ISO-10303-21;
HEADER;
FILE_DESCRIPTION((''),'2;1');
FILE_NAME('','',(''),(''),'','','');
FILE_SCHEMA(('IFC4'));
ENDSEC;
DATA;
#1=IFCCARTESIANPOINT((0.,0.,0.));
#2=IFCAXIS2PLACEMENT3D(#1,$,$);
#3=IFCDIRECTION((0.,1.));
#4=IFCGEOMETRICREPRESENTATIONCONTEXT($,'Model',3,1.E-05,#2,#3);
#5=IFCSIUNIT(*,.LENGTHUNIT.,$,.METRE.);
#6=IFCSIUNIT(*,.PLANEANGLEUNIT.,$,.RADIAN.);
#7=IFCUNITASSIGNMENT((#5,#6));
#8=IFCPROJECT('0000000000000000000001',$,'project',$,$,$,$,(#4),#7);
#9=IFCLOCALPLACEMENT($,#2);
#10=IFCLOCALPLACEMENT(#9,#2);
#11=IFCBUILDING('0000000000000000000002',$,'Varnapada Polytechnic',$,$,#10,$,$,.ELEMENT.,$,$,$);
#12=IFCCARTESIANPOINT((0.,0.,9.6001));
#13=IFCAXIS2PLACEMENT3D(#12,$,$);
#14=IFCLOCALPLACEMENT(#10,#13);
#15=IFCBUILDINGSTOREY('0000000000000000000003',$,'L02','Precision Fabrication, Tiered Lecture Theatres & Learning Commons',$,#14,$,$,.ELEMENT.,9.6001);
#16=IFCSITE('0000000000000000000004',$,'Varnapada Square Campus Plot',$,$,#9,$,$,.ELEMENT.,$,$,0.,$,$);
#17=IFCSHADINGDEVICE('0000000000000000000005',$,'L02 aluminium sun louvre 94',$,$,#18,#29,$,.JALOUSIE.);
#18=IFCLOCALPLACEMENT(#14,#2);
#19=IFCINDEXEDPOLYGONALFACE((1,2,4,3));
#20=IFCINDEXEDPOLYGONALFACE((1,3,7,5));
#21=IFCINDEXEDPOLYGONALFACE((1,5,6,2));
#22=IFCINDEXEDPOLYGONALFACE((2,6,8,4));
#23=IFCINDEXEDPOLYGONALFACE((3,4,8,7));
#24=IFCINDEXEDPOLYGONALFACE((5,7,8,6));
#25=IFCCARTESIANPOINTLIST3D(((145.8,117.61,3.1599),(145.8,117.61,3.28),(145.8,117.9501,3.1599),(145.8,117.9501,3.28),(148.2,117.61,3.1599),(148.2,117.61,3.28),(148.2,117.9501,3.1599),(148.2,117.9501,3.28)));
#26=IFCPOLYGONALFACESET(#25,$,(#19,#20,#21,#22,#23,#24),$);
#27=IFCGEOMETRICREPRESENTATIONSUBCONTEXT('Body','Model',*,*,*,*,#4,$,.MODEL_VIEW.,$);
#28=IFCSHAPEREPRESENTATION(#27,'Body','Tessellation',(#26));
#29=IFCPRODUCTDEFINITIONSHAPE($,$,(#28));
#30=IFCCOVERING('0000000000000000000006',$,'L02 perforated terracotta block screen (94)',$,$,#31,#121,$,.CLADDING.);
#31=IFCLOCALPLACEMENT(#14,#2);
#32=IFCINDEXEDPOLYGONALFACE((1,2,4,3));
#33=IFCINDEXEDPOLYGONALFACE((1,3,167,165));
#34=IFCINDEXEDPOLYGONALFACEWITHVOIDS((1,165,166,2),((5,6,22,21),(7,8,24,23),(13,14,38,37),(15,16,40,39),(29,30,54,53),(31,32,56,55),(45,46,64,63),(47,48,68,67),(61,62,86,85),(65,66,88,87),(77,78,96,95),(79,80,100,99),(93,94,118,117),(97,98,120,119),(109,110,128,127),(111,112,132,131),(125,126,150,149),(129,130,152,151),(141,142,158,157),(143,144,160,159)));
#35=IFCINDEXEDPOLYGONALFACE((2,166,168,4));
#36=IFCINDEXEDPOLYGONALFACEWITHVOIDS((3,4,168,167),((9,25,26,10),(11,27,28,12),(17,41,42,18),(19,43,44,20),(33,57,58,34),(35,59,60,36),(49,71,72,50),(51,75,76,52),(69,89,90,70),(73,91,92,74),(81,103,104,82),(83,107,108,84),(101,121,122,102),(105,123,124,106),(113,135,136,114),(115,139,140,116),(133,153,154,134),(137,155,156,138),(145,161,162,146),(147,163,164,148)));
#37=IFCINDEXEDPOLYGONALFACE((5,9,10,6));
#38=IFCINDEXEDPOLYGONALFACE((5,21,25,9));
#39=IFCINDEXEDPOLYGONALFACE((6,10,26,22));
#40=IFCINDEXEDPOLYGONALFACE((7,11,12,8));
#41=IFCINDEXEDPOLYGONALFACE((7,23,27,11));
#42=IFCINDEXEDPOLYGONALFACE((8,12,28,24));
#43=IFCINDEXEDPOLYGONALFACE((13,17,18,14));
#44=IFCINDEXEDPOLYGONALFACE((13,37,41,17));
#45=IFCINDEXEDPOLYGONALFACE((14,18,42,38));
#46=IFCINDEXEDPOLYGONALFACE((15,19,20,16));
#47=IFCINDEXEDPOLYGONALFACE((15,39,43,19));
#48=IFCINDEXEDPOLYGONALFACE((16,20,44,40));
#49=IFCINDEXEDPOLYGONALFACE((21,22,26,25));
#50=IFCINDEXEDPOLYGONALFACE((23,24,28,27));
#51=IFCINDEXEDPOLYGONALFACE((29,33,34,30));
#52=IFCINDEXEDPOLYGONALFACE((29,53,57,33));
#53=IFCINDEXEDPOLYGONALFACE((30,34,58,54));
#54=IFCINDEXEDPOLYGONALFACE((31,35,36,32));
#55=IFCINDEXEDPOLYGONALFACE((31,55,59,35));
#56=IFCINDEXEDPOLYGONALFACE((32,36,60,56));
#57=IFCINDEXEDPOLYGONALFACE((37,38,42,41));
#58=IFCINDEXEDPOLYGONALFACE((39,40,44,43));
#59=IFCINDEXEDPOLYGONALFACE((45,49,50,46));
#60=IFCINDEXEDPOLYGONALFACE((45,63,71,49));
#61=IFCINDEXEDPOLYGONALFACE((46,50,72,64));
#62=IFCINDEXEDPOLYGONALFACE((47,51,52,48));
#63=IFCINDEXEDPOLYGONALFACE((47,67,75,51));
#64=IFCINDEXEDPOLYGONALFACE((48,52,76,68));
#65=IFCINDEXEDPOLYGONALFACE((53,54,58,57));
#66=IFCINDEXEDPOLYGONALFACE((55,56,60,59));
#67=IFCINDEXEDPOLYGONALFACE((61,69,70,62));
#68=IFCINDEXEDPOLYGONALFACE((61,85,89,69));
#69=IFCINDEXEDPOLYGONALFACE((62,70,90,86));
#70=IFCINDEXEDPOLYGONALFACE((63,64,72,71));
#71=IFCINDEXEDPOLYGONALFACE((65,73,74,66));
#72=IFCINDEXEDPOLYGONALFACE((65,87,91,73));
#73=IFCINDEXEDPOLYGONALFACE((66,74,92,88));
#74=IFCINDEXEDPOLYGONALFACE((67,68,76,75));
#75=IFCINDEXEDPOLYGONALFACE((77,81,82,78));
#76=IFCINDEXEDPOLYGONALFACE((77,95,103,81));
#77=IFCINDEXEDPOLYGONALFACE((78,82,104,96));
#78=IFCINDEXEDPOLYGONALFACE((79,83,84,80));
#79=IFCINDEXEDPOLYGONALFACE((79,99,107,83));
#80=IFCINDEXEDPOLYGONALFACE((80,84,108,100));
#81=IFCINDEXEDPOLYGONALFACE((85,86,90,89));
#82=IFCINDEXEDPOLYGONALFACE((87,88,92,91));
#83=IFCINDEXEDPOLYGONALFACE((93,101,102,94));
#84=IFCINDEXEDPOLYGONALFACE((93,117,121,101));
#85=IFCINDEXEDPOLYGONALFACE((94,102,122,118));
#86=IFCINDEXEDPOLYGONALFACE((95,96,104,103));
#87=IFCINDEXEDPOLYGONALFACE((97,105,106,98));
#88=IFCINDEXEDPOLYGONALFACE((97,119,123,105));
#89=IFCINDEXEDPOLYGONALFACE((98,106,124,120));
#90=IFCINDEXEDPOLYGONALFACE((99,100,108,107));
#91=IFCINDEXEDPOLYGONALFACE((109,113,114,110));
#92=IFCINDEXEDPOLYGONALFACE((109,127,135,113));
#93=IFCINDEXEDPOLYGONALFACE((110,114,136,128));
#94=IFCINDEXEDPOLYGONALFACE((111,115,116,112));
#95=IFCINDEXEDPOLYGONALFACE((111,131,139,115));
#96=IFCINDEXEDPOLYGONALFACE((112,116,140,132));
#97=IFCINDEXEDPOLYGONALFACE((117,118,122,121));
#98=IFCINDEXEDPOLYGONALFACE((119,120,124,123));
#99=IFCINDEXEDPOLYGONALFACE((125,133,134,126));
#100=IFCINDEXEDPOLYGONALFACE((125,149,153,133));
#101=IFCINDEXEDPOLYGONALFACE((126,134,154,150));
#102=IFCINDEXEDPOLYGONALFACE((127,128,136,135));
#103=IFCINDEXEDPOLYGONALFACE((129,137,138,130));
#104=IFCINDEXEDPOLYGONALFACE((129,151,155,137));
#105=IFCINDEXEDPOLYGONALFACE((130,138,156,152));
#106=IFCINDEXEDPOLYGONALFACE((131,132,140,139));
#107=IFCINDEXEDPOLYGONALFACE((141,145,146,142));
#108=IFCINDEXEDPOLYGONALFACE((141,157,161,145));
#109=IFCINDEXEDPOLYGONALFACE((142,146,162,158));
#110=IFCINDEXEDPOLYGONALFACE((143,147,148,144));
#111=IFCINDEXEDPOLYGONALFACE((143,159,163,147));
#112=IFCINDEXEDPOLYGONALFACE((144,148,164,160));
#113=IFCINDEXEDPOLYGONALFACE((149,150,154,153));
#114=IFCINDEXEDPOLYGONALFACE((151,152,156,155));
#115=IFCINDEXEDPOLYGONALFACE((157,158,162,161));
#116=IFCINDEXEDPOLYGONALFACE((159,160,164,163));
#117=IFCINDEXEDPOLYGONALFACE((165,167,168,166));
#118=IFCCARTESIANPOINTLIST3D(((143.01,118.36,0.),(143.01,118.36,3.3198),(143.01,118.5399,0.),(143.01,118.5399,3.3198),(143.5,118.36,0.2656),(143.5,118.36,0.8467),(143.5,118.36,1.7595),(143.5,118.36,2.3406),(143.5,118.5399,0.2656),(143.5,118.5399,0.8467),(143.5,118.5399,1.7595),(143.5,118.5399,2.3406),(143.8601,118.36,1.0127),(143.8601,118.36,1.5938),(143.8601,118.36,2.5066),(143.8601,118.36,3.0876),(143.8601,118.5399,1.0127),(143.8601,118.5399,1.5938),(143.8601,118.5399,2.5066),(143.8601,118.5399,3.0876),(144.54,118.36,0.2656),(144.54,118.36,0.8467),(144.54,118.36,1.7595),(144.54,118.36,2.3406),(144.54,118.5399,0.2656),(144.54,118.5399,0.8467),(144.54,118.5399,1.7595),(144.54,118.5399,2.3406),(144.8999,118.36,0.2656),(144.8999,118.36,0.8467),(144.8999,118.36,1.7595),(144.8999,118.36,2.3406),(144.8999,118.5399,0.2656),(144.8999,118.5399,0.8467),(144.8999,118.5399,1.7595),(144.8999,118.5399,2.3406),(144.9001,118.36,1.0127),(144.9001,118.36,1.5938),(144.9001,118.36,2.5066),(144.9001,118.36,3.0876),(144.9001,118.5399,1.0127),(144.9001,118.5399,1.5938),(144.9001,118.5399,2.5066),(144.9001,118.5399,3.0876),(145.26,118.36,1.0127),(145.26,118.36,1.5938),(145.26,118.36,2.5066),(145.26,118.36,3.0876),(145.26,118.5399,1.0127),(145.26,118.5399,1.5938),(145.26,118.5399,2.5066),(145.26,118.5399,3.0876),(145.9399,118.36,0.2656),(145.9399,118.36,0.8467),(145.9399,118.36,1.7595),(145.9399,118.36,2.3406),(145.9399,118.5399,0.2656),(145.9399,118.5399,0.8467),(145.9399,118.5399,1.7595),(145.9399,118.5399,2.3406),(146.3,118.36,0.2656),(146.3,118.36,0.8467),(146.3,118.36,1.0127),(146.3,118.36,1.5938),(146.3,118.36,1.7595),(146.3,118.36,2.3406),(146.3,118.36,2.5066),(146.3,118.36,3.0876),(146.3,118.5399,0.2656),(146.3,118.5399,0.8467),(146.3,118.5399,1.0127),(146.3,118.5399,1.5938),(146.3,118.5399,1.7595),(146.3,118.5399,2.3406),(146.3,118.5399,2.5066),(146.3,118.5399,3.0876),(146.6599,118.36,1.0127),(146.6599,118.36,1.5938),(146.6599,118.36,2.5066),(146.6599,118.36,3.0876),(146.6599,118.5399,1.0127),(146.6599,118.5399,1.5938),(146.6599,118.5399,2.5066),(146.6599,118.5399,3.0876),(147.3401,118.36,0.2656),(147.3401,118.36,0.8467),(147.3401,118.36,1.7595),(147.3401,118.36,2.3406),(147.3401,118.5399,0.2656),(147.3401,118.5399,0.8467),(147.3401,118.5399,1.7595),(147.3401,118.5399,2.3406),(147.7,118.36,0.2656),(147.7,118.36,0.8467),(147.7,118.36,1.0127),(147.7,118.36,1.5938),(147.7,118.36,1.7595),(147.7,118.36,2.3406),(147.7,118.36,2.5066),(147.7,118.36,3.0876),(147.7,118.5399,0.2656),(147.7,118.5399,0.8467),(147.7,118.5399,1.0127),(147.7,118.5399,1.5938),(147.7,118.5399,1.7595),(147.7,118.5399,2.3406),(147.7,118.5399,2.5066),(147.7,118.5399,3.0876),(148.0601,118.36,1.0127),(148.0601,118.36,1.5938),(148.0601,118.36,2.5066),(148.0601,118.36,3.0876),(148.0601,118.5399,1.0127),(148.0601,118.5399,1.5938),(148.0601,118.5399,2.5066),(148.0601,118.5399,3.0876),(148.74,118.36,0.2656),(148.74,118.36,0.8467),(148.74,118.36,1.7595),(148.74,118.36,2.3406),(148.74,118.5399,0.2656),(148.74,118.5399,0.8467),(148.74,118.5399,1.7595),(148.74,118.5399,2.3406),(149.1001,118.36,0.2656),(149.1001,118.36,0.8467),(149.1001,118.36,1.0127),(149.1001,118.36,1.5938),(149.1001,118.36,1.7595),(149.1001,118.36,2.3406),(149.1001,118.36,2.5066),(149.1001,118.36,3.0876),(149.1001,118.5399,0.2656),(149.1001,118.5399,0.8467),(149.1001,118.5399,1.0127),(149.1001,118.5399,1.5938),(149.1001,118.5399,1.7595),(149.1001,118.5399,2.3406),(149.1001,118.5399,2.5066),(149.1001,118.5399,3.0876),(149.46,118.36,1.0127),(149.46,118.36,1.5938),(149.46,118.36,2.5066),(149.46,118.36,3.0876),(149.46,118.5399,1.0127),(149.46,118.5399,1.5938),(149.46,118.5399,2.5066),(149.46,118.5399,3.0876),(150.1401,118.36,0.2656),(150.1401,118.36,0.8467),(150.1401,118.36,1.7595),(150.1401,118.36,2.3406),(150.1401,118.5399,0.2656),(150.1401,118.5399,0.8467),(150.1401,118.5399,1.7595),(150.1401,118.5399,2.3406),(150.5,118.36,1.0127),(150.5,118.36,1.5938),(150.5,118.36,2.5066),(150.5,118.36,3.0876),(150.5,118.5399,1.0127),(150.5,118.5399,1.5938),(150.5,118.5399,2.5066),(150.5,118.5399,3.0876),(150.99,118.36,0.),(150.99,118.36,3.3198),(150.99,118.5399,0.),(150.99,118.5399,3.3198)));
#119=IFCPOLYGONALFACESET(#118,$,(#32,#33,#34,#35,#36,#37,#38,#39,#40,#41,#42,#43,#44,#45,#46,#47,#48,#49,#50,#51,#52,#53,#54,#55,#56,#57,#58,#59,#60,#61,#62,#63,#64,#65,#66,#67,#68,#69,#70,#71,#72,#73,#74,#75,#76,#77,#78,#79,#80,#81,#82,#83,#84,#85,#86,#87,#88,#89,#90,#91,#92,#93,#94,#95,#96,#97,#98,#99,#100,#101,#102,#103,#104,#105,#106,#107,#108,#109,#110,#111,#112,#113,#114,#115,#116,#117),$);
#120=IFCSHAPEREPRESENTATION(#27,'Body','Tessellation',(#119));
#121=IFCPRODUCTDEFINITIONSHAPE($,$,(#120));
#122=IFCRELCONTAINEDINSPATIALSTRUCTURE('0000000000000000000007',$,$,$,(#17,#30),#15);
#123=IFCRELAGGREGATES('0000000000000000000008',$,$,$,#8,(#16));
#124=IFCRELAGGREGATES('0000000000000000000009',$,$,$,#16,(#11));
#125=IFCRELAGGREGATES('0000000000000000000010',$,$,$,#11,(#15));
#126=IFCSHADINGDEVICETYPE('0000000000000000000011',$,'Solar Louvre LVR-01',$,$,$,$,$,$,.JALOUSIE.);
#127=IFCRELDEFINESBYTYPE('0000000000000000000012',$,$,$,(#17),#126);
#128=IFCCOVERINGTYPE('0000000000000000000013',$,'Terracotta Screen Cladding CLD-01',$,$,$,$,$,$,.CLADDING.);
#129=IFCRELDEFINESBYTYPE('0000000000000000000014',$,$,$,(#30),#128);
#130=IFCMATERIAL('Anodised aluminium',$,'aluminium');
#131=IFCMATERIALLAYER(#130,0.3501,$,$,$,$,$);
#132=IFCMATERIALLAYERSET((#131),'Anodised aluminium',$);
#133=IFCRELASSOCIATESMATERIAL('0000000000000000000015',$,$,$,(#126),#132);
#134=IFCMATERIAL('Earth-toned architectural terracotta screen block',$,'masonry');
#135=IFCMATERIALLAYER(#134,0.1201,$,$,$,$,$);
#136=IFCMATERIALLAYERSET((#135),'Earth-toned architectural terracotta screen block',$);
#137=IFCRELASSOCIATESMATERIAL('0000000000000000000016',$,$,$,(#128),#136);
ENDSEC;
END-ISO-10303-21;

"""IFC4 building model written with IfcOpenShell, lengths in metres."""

from ifc_helpers import new_model, si_unit, direction, frame, frame_2d, origin, origin_2d, place, context, subcontext, project, spatial, rectangle, extrude, material, layer, layer_set, type_object, element, save


model = new_model("IFC4")

# Units and contexts
model_context = context("Model", 3, precision=1e-05, world=origin(), true_north=direction((0.0, 1.0)))
body_context = subcontext(model_context, "Body", "Model", "MODEL_VIEW")
ifc_project = project(units=[si_unit("LENGTHUNIT", "METRE"), si_unit("PLANEANGLEUNIT", "RADIAN")], contexts=[model_context])

# Site, building, storey
site_placement = place(None, origin())
site = spatial("IfcSite", under=ifc_project, at=site_placement, Name="Varnapada Square Campus Plot", CompositionType="ELEMENT", RefElevation=0.0)
building_placement = place(site_placement, origin())
building = spatial("IfcBuilding", under=site, at=building_placement, Name="Varnapada Polytechnic", CompositionType="ELEMENT")
storey_placement = place(building_placement, frame((0.0, 0.0, 9.6001)))
storey = spatial("IfcBuildingStorey", under=building, at=storey_placement, Name="L02", Description="Precision Fabrication, Tiered Lecture Theatres & Learning Commons", CompositionType="ELEMENT", Elevation=9.6001)

# Shading device
ifc_material_1 = material(Name="Anodised aluminium", Category="aluminium")
ifc_layer_1 = layer(ifc_material_1, 0.3501)
ifc_layer_set_1 = layer_set([ifc_layer_1], Name="Anodised aluminium")
shading_device_type_1 = type_object("IfcShadingDeviceType", Name="Solar Louvre LVR-01", PredefinedType="JALOUSIE", material=ifc_layer_set_1)
shading_device_1_placement = place(storey_placement, frame((147.0, 117.78, 3.1599), z_axis=(0.0, 0.0, 1.0), x_axis=(1.0, 0.0, 0.0)))
element("IfcShadingDevice", 1, at=shading_device_1_placement, inside=storey, type_object=shading_device_type_1, Name="L02 aluminium sun louvre 94", PredefinedType="JALOUSIE", context=body_context, shape_type="SweptSolid", body=[
    extrude(rectangle(XDim=2.3999, YDim=0.3401, at=origin_2d()), origin(), (0.0, 0.0, 1.0), 0.1201),
])

# Covering, openings
ifc_material_2 = material(Name="Earth-toned architectural terracotta screen block", Category="masonry")
ifc_layer_2 = layer(ifc_material_2, 0.1201)
ifc_layer_set_2 = layer_set([ifc_layer_2], Name="Earth-toned architectural terracotta screen block")
covering_type = type_object("IfcCoveringType", Name="Terracotta Screen Cladding CLD-01", PredefinedType="CLADDING", material=ifc_layer_set_2)
covering_placement = place(storey_placement, frame((143.01, 118.45, 0.0), z_axis=(0.0, 0.0, 1.0), x_axis=(1.0, 0.0, 0.0)))
covering = element("IfcCovering", 2, at=covering_placement, inside=storey, type_object=covering_type, Name="L02 perforated terracotta block screen (94)", PredefinedType="CLADDING", context=body_context, shape_type="SweptSolid", body=[
    extrude(rectangle(XDim=7.98, YDim=0.1799, at=frame_2d((3.99, 0.0))), origin(), (0.0, 0.0, 1.0), 3.3198),
])
opening_1_placement = place(covering_placement, frame((0.49, 0.0, 0.2656)))
element("IfcOpeningElement", 3, at=opening_1_placement, cuts=covering, PredefinedType="OPENING", context=body_context, shape_type="SweptSolid", body=[
    extrude(rectangle(XDim=1.04, YDim=0.5811, at=frame_2d((0.52, 0.2905))), frame((0.0, 0.0999, 0.0), z_axis=(0.0, -1.0, 0.0), x_axis=(1.0, 0.0, 0.0)), (0.0, 0.0, 1.0), 0.2),
])
opening_2_placement = place(covering_placement, frame((1.8899, 0.0, 0.2656)))
element("IfcOpeningElement", 4, at=opening_2_placement, cuts=covering, PredefinedType="OPENING", context=body_context, shape_type="SweptSolid", body=[
    extrude(rectangle(XDim=1.04, YDim=0.5811, at=frame_2d((0.52, 0.2905))), frame((0.0, 0.0999, 0.0), z_axis=(0.0, -1.0, 0.0), x_axis=(1.0, 0.0, 0.0)), (0.0, 0.0, 1.0), 0.2),
])
opening_3_placement = place(covering_placement, frame((3.29, 0.0, 0.2656)))
element("IfcOpeningElement", 5, at=opening_3_placement, cuts=covering, PredefinedType="OPENING", context=body_context, shape_type="SweptSolid", body=[
    extrude(rectangle(XDim=1.04, YDim=0.5811, at=frame_2d((0.52, 0.2905))), frame((0.0, 0.0999, 0.0), z_axis=(0.0, -1.0, 0.0), x_axis=(1.0, 0.0, 0.0)), (0.0, 0.0, 1.0), 0.2),
])
opening_4_placement = place(covering_placement, frame((4.6899, 0.0, 0.2656)))
element("IfcOpeningElement", 6, at=opening_4_placement, cuts=covering, PredefinedType="OPENING", context=body_context, shape_type="SweptSolid", body=[
    extrude(rectangle(XDim=1.04, YDim=0.5811, at=frame_2d((0.52, 0.2905))), frame((0.0, 0.0999, 0.0), z_axis=(0.0, -1.0, 0.0), x_axis=(1.0, 0.0, 0.0)), (0.0, 0.0, 1.0), 0.2),
])
opening_5_placement = place(covering_placement, frame((6.0901, 0.0, 0.2656)))
element("IfcOpeningElement", 7, at=opening_5_placement, cuts=covering, PredefinedType="OPENING", context=body_context, shape_type="SweptSolid", body=[
    extrude(rectangle(XDim=1.04, YDim=0.5811, at=frame_2d((0.52, 0.2905))), frame((0.0, 0.0999, 0.0), z_axis=(0.0, -1.0, 0.0), x_axis=(1.0, 0.0, 0.0)), (0.0, 0.0, 1.0), 0.2),
])
opening_6_placement = place(covering_placement, frame((0.8501, 0.0, 1.0127)))
element("IfcOpeningElement", 8, at=opening_6_placement, cuts=covering, PredefinedType="OPENING", context=body_context, shape_type="SweptSolid", body=[
    extrude(rectangle(XDim=1.04, YDim=0.5811, at=frame_2d((0.52, 0.2905))), frame((0.0, 0.0999, 0.0), z_axis=(0.0, -1.0, 0.0), x_axis=(1.0, 0.0, 0.0)), (0.0, 0.0, 1.0), 0.2),
])
opening_7_placement = place(covering_placement, frame((2.25, 0.0, 1.0127)))
element("IfcOpeningElement", 9, at=opening_7_placement, cuts=covering, PredefinedType="OPENING", context=body_context, shape_type="SweptSolid", body=[
    extrude(rectangle(XDim=1.04, YDim=0.5811, at=frame_2d((0.52, 0.2905))), frame((0.0, 0.0999, 0.0), z_axis=(0.0, -1.0, 0.0), x_axis=(1.0, 0.0, 0.0)), (0.0, 0.0, 1.0), 0.2),
])
opening_8_placement = place(covering_placement, frame((3.6499, 0.0, 1.0127)))
element("IfcOpeningElement", 10, at=opening_8_placement, cuts=covering, PredefinedType="OPENING", context=body_context, shape_type="SweptSolid", body=[
    extrude(rectangle(XDim=1.04, YDim=0.5811, at=frame_2d((0.52, 0.2905))), frame((0.0, 0.0999, 0.0), z_axis=(0.0, -1.0, 0.0), x_axis=(1.0, 0.0, 0.0)), (0.0, 0.0, 1.0), 0.2),
])
opening_9_placement = place(covering_placement, frame((5.05, 0.0, 1.0127)))
element("IfcOpeningElement", 11, at=opening_9_placement, cuts=covering, PredefinedType="OPENING", context=body_context, shape_type="SweptSolid", body=[
    extrude(rectangle(XDim=1.04, YDim=0.5811, at=frame_2d((0.52, 0.2905))), frame((0.0, 0.0999, 0.0), z_axis=(0.0, -1.0, 0.0), x_axis=(1.0, 0.0, 0.0)), (0.0, 0.0, 1.0), 0.2),
])
opening_10_placement = place(covering_placement, frame((6.45, 0.0, 1.0127)))
element("IfcOpeningElement", 12, at=opening_10_placement, cuts=covering, PredefinedType="OPENING", context=body_context, shape_type="SweptSolid", body=[
    extrude(rectangle(XDim=1.04, YDim=0.5811, at=frame_2d((0.52, 0.2905))), frame((0.0, 0.0999, 0.0), z_axis=(0.0, -1.0, 0.0), x_axis=(1.0, 0.0, 0.0)), (0.0, 0.0, 1.0), 0.2),
])
opening_11_placement = place(covering_placement, frame((0.49, 0.0, 1.7595)))
element("IfcOpeningElement", 13, at=opening_11_placement, cuts=covering, PredefinedType="OPENING", context=body_context, shape_type="SweptSolid", body=[
    extrude(rectangle(XDim=1.04, YDim=0.5811, at=frame_2d((0.52, 0.2905))), frame((0.0, 0.0999, 0.0), z_axis=(0.0, -1.0, 0.0), x_axis=(1.0, 0.0, 0.0)), (0.0, 0.0, 1.0), 0.2),
])
opening_12_placement = place(covering_placement, frame((1.8899, 0.0, 1.7595)))
element("IfcOpeningElement", 14, at=opening_12_placement, cuts=covering, PredefinedType="OPENING", context=body_context, shape_type="SweptSolid", body=[
    extrude(rectangle(XDim=1.04, YDim=0.5811, at=frame_2d((0.52, 0.2905))), frame((0.0, 0.0999, 0.0), z_axis=(0.0, -1.0, 0.0), x_axis=(1.0, 0.0, 0.0)), (0.0, 0.0, 1.0), 0.2),
])
opening_13_placement = place(covering_placement, frame((3.29, 0.0, 1.7595)))
element("IfcOpeningElement", 15, at=opening_13_placement, cuts=covering, PredefinedType="OPENING", context=body_context, shape_type="SweptSolid", body=[
    extrude(rectangle(XDim=1.04, YDim=0.5811, at=frame_2d((0.52, 0.2905))), frame((0.0, 0.0999, 0.0), z_axis=(0.0, -1.0, 0.0), x_axis=(1.0, 0.0, 0.0)), (0.0, 0.0, 1.0), 0.2),
])
opening_14_placement = place(covering_placement, frame((4.6899, 0.0, 1.7595)))
element("IfcOpeningElement", 16, at=opening_14_placement, cuts=covering, PredefinedType="OPENING", context=body_context, shape_type="SweptSolid", body=[
    extrude(rectangle(XDim=1.04, YDim=0.5811, at=frame_2d((0.52, 0.2905))), frame((0.0, 0.0999, 0.0), z_axis=(0.0, -1.0, 0.0), x_axis=(1.0, 0.0, 0.0)), (0.0, 0.0, 1.0), 0.2),
])
opening_15_placement = place(covering_placement, frame((6.0901, 0.0, 1.7595)))
element("IfcOpeningElement", 17, at=opening_15_placement, cuts=covering, PredefinedType="OPENING", context=body_context, shape_type="SweptSolid", body=[
    extrude(rectangle(XDim=1.04, YDim=0.5811, at=frame_2d((0.52, 0.2905))), frame((0.0, 0.0999, 0.0), z_axis=(0.0, -1.0, 0.0), x_axis=(1.0, 0.0, 0.0)), (0.0, 0.0, 1.0), 0.2),
])
opening_16_placement = place(covering_placement, frame((0.8501, 0.0, 2.5066)))
element("IfcOpeningElement", 18, at=opening_16_placement, cuts=covering, PredefinedType="OPENING", context=body_context, shape_type="SweptSolid", body=[
    extrude(rectangle(XDim=1.04, YDim=0.5811, at=frame_2d((0.52, 0.2905))), frame((0.0, 0.0999, 0.0), z_axis=(0.0, -1.0, 0.0), x_axis=(1.0, 0.0, 0.0)), (0.0, 0.0, 1.0), 0.2),
])
opening_17_placement = place(covering_placement, frame((2.25, 0.0, 2.5066)))
element("IfcOpeningElement", 19, at=opening_17_placement, cuts=covering, PredefinedType="OPENING", context=body_context, shape_type="SweptSolid", body=[
    extrude(rectangle(XDim=1.04, YDim=0.5811, at=frame_2d((0.52, 0.2905))), frame((0.0, 0.0999, 0.0), z_axis=(0.0, -1.0, 0.0), x_axis=(1.0, 0.0, 0.0)), (0.0, 0.0, 1.0), 0.2),
])
opening_18_placement = place(covering_placement, frame((3.6499, 0.0, 2.5066)))
element("IfcOpeningElement", 20, at=opening_18_placement, cuts=covering, PredefinedType="OPENING", context=body_context, shape_type="SweptSolid", body=[
    extrude(rectangle(XDim=1.04, YDim=0.5811, at=frame_2d((0.52, 0.2905))), frame((0.0, 0.0999, 0.0), z_axis=(0.0, -1.0, 0.0), x_axis=(1.0, 0.0, 0.0)), (0.0, 0.0, 1.0), 0.2),
])
opening_19_placement = place(covering_placement, frame((5.05, 0.0, 2.5066)))
element("IfcOpeningElement", 21, at=opening_19_placement, cuts=covering, PredefinedType="OPENING", context=body_context, shape_type="SweptSolid", body=[
    extrude(rectangle(XDim=1.04, YDim=0.5811, at=frame_2d((0.52, 0.2905))), frame((0.0, 0.0999, 0.0), z_axis=(0.0, -1.0, 0.0), x_axis=(1.0, 0.0, 0.0)), (0.0, 0.0, 1.0), 0.2),
])
opening_20_placement = place(covering_placement, frame((6.45, 0.0, 2.5066)))
element("IfcOpeningElement", 22, at=opening_20_placement, cuts=covering, PredefinedType="OPENING", context=body_context, shape_type="SweptSolid", body=[
    extrude(rectangle(XDim=1.04, YDim=0.5811, at=frame_2d((0.52, 0.2905))), frame((0.0, 0.0999, 0.0), z_axis=(0.0, -1.0, 0.0), x_axis=(1.0, 0.0, 0.0)), (0.0, 0.0, 1.0), 0.2),
])

save(model, "model.ifc")
